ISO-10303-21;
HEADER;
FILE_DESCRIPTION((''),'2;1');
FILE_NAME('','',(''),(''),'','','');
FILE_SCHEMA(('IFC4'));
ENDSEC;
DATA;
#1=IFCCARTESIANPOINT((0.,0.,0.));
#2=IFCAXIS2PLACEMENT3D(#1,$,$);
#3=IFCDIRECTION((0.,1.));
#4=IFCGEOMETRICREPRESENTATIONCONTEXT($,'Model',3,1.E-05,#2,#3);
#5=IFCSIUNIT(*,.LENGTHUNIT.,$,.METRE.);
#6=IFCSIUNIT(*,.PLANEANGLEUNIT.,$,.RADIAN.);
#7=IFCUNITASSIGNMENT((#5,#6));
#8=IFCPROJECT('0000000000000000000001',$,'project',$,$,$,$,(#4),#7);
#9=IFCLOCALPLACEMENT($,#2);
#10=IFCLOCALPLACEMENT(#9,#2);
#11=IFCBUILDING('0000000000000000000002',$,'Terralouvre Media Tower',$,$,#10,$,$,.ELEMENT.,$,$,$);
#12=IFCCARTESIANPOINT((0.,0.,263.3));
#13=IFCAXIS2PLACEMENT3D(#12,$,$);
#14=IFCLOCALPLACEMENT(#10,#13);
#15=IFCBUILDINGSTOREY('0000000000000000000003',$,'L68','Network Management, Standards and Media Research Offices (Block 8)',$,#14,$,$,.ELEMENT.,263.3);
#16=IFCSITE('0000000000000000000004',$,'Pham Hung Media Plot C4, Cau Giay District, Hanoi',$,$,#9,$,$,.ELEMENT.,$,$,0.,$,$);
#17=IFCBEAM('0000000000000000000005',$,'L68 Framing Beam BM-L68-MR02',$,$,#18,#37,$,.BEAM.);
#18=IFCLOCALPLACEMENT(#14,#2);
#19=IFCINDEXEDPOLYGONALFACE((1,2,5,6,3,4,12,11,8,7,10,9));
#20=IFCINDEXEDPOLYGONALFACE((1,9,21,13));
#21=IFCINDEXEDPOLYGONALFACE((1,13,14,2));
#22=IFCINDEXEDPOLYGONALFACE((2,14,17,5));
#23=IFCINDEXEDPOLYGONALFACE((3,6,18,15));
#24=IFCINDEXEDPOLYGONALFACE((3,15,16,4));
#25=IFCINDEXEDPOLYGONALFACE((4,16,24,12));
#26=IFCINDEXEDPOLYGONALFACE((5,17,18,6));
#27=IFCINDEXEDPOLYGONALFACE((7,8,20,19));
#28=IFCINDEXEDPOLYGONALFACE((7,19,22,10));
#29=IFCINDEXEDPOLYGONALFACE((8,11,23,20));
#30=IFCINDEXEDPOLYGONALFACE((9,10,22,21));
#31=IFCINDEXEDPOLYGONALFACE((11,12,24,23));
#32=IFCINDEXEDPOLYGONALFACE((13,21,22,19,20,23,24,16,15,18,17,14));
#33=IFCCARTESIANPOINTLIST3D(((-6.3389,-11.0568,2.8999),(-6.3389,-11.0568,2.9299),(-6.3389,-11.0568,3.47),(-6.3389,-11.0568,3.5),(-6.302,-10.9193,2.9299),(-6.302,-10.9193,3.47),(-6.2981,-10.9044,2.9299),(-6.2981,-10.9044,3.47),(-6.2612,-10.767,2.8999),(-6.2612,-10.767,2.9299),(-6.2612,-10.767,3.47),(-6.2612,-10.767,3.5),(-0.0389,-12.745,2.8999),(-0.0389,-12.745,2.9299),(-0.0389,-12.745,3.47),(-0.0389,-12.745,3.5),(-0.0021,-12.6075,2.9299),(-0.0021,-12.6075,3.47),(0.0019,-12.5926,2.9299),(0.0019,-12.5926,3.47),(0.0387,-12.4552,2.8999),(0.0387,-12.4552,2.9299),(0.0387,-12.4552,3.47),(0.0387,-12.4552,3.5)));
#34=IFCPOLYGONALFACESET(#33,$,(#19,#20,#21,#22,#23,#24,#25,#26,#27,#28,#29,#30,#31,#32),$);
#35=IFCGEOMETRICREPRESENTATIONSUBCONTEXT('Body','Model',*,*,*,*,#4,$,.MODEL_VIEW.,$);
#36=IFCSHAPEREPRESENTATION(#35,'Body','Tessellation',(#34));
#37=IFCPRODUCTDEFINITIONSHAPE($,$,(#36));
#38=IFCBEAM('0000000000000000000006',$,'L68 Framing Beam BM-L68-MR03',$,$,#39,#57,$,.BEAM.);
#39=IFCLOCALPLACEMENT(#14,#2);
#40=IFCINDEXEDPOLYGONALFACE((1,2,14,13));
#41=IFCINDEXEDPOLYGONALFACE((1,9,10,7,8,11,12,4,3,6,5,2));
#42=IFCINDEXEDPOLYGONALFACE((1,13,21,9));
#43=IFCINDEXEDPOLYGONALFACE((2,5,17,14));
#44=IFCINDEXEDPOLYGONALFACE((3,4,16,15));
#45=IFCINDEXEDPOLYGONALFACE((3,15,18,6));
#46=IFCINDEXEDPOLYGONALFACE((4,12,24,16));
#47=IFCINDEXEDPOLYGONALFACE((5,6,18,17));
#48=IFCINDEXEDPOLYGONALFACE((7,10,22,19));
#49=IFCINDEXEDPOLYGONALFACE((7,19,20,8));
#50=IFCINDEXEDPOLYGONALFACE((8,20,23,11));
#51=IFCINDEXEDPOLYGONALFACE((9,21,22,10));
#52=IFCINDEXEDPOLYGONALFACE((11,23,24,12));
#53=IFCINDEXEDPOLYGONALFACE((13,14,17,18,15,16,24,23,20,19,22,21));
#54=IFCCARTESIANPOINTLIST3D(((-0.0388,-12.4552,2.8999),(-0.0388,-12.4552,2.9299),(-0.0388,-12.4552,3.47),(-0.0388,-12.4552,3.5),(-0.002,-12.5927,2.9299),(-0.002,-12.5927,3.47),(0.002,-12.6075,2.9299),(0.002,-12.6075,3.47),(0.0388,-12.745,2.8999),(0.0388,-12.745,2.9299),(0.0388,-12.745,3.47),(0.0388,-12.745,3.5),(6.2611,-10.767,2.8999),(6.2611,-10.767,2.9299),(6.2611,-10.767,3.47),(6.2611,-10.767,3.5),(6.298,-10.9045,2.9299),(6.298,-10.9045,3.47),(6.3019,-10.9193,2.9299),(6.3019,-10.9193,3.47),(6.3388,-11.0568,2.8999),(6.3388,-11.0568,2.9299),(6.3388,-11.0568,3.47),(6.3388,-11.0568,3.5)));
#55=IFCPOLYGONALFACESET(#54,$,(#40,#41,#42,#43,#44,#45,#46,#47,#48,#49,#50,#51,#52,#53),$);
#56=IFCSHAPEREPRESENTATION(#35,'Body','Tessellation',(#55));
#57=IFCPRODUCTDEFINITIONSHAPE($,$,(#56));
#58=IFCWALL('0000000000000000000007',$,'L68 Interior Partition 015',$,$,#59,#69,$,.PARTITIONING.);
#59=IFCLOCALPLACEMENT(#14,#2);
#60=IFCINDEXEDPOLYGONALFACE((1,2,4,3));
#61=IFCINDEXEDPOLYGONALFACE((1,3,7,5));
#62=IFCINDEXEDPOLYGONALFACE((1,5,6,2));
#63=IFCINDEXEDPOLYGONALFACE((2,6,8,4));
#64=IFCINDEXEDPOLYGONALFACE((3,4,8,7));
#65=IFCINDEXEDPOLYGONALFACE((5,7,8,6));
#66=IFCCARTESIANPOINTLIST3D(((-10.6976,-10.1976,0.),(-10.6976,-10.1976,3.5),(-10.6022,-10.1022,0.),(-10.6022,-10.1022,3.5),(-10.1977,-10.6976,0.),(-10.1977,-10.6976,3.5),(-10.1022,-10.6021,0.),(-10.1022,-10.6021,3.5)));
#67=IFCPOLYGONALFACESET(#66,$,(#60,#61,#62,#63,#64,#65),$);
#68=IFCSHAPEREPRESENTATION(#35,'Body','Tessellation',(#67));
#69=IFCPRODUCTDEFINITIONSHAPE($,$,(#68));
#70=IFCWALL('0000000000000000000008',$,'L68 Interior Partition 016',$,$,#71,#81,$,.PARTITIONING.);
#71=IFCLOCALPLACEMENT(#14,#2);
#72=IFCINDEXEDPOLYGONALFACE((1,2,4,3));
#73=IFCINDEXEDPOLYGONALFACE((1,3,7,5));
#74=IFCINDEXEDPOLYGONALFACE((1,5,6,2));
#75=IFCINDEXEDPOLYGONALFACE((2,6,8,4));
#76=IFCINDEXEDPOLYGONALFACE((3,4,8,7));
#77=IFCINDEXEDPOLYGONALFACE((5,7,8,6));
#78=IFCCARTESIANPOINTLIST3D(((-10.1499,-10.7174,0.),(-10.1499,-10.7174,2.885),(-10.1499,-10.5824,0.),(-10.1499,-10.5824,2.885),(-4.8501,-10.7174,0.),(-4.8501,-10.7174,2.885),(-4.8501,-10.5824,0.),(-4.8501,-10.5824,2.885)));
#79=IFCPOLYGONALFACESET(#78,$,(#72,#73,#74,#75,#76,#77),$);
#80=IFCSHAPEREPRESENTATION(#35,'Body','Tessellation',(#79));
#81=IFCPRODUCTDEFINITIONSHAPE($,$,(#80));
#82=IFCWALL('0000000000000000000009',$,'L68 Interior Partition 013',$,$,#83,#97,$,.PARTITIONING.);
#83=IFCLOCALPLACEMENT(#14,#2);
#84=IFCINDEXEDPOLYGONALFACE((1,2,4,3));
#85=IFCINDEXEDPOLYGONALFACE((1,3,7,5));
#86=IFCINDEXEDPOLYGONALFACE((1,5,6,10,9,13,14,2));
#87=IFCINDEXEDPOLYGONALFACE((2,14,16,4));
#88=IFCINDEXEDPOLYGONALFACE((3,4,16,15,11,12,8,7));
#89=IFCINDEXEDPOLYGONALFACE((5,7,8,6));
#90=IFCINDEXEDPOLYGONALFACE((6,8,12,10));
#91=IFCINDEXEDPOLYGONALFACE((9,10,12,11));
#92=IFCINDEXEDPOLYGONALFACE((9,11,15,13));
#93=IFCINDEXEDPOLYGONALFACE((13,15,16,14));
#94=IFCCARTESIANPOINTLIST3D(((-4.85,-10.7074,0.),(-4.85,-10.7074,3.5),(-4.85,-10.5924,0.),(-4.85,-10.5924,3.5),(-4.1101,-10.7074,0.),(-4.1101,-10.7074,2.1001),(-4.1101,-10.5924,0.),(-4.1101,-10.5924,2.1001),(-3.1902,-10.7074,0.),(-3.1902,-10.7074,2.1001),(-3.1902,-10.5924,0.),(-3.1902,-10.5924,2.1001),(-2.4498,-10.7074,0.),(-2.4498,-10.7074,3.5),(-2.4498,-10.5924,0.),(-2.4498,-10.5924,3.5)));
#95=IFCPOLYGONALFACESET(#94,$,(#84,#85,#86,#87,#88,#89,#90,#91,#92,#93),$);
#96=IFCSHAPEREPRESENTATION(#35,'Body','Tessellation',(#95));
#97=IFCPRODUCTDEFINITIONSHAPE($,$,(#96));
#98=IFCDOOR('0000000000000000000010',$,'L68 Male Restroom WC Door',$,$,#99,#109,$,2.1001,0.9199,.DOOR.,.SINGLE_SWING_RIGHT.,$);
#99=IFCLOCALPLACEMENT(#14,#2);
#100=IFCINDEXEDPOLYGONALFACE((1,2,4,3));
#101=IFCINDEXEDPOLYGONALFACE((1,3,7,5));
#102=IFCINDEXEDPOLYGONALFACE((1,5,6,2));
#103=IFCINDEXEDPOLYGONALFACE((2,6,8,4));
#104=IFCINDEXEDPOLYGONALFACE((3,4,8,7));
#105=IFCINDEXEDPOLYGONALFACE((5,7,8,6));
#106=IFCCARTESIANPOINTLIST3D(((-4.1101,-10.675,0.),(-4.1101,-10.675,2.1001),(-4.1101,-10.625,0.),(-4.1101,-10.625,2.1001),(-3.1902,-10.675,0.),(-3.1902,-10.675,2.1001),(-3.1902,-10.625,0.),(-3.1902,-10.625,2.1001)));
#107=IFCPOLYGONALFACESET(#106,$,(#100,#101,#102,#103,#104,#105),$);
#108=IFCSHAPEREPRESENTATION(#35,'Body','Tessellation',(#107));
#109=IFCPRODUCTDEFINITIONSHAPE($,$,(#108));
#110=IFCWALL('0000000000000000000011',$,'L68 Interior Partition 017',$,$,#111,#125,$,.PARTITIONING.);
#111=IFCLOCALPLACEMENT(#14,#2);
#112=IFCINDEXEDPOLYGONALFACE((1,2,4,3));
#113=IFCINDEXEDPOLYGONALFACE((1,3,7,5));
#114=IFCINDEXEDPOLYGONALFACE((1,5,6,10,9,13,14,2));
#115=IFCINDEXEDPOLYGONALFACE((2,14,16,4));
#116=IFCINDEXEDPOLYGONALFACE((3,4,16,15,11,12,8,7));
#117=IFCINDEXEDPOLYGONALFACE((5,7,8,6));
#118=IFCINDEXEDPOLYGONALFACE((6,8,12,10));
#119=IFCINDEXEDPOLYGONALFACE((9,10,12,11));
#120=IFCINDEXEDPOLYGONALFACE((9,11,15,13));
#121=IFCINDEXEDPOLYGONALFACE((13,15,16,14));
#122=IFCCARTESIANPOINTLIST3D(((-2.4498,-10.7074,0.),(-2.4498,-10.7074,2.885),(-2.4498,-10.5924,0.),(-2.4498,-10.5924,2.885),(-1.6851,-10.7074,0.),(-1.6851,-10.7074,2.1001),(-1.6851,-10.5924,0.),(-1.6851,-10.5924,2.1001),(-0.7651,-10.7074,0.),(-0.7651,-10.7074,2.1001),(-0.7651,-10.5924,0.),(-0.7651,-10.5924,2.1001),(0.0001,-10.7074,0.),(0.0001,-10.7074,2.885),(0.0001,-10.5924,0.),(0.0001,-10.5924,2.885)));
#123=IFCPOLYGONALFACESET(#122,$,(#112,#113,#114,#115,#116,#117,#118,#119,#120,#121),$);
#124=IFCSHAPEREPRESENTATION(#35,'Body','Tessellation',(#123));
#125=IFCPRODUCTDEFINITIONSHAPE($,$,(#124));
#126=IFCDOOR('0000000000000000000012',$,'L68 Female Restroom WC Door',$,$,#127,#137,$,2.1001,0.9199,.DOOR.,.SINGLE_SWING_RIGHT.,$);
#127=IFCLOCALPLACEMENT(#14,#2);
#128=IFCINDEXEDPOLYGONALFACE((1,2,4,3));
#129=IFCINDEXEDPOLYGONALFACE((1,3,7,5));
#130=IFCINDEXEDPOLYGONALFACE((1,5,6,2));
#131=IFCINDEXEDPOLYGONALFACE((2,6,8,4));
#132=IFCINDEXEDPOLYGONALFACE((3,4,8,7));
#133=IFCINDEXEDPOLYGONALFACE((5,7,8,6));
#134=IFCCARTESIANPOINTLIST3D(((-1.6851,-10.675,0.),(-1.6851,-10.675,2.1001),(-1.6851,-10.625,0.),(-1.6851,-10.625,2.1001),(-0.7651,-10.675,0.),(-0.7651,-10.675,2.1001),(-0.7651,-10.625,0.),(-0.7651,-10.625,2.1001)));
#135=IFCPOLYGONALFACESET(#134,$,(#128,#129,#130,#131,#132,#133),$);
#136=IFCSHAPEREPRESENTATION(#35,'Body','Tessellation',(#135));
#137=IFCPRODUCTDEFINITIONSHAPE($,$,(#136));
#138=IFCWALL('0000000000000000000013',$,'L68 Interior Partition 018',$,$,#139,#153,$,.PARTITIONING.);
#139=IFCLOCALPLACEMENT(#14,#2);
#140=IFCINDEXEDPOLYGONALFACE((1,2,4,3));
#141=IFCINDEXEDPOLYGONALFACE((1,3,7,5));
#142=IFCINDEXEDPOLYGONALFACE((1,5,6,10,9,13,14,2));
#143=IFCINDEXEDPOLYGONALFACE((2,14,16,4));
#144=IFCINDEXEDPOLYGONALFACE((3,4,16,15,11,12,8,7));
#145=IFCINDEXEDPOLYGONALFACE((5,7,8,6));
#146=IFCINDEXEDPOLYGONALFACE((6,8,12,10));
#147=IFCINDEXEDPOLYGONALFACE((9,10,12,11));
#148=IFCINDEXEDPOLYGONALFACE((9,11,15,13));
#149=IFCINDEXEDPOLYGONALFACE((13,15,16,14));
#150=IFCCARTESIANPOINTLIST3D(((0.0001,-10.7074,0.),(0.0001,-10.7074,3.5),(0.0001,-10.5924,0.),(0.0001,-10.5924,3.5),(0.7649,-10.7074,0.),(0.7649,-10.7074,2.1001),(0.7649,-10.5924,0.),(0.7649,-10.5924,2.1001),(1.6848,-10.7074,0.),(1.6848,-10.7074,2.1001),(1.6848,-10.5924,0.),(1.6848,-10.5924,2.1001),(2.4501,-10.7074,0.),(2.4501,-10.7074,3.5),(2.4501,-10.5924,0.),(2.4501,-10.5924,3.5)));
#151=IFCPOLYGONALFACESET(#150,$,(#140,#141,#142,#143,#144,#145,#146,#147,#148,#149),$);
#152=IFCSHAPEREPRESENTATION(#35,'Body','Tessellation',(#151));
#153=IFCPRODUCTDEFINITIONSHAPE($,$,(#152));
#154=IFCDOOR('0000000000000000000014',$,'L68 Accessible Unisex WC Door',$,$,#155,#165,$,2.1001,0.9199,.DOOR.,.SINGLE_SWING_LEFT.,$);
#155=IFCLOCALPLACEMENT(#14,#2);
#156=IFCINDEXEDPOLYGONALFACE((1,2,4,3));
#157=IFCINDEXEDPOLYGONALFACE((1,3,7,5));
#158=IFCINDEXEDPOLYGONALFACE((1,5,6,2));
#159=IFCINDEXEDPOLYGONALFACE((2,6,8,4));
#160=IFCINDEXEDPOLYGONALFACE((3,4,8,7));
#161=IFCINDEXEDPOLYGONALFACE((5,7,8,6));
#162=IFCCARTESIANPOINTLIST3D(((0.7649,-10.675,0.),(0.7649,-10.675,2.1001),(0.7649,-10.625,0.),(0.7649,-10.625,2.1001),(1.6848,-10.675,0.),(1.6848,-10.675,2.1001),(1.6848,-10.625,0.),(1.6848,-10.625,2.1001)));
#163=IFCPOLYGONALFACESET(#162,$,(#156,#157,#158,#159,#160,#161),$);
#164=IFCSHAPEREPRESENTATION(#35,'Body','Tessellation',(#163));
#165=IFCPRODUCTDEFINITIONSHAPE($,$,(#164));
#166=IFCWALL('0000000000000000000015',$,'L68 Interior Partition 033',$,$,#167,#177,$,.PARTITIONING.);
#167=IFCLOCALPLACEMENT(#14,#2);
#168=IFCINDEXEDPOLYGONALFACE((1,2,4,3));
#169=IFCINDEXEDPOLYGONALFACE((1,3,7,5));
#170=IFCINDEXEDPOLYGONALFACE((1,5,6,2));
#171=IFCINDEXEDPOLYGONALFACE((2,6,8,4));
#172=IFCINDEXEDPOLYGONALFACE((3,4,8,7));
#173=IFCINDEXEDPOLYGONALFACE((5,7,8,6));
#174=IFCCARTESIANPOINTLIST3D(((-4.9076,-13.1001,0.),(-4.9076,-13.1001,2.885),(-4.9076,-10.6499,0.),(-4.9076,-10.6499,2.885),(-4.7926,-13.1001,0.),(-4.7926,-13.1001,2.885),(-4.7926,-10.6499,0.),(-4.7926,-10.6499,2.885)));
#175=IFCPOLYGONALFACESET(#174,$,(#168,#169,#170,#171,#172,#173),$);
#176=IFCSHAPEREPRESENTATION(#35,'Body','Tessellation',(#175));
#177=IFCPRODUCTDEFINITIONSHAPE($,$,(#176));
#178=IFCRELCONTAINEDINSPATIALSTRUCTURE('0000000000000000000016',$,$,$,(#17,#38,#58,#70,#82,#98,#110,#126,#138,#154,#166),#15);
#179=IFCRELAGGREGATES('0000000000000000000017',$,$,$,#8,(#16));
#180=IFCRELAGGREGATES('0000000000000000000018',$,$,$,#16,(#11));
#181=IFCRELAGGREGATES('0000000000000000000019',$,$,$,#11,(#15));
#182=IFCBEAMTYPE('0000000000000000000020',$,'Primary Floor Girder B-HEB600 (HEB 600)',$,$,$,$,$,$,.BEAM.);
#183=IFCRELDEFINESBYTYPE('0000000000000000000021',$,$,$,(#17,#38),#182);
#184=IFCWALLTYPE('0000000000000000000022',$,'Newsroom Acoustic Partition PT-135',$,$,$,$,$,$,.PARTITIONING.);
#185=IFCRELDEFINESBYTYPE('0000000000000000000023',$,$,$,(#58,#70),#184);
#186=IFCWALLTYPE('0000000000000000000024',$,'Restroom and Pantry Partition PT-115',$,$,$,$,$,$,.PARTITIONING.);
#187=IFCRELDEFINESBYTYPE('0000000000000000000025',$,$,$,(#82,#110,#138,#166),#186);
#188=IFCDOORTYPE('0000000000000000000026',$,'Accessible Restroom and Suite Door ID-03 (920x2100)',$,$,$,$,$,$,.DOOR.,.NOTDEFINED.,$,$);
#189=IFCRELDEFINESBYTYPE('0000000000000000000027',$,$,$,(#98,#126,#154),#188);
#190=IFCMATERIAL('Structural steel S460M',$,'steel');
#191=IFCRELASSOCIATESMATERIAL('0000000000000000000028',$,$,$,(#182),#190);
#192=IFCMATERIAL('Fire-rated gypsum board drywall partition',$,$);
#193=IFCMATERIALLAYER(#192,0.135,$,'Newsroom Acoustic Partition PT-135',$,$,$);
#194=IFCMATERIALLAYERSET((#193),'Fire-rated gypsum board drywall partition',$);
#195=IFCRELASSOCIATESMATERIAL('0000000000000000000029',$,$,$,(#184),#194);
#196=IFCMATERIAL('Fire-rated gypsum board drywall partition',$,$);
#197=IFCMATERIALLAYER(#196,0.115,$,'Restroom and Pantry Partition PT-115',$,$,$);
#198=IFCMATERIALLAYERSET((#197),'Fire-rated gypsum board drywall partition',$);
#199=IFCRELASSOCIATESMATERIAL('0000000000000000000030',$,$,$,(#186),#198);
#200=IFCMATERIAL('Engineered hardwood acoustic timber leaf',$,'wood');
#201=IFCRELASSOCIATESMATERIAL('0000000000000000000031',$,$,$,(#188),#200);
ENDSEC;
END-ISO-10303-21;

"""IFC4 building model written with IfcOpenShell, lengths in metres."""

from ifc_helpers import new_model, si_unit, direction, frame, frame_2d, origin, origin_2d, place, context, subcontext, project, spatial, rectangle, i_section, extrude, material, layer, layer_set, material_profile, profile_set, type_object, element, fill, save


model = new_model("IFC4")

# Units and contexts
model_context = context("Model", 3, precision=1e-05, world=origin(), true_north=direction((0.0, 1.0)))
body_context = subcontext(model_context, "Body", "Model", "MODEL_VIEW")
ifc_project = project(units=[si_unit("LENGTHUNIT", "METRE"), si_unit("PLANEANGLEUNIT", "RADIAN")], contexts=[model_context])

# Site, building, storey
site_placement = place(None, origin())
site = spatial("IfcSite", under=ifc_project, at=site_placement, Name="Pham Hung Media Plot C4, Cau Giay District, Hanoi", CompositionType="ELEMENT", RefElevation=0.0)
building_placement = place(site_placement, origin())
building = spatial("IfcBuilding", under=site, at=building_placement, Name="Terralouvre Media Tower", CompositionType="ELEMENT")
storey_placement = place(building_placement, frame((0.0, 0.0, 263.3)))
storey = spatial("IfcBuildingStorey", under=building, at=storey_placement, Name="L68", Description="Network Management, Standards and Media Research Offices (Block 8)", CompositionType="ELEMENT", Elevation=263.3)

# Beams
ifc_material_1 = material(Name="Structural steel S460M", Category="steel")
ifc_material_profile_1 = material_profile(ifc_material_1, i_section(OverallWidth=0.3, OverallDepth=0.6001, WebThickness=0.0154, FlangeThickness=0.03, at=origin_2d()), Name="HEB 600")
ifc_profile_set_1 = profile_set([ifc_material_profile_1], Name="Structural steel S460M")
beam_type_1 = type_object("IfcBeamType", Name="Primary Floor Girder B-HEB600 (HEB 600)", PredefinedType="BEAM", material=ifc_profile_set_1)
for number, where, z_axis, x_axis, name in (
    (1, (-6.3, -10.9119, 3.2), (0.96592, -0.258839, 0.0), (0.258839, 0.96592, 0.0), "L68 Framing Beam BM-L68-MR02"),
    (2, (0.0, -12.6001, 3.2), (0.96592, 0.258839, 0.0), (-0.258839, 0.96592, 0.0), "L68 Framing Beam BM-L68-MR03"),
):
    element("IfcBeam", number, at=place(storey_placement, frame(where, z_axis=z_axis, x_axis=x_axis)), inside=storey, type_object=beam_type_1, Name=name, PredefinedType="BEAM", context=body_context, shape_type="SweptSolid", body=[
        extrude(i_section(OverallWidth=0.3, OverallDepth=0.6001, WebThickness=0.0154, FlangeThickness=0.03, at=origin_2d()), origin(), (0.0, 0.0, 1.0), 6.5222),
    ])

# Walls
ifc_material_2 = material(Name="Fire-rated gypsum board drywall partition")
ifc_layer_1 = layer(ifc_material_2, 0.135, Name="Newsroom Acoustic Partition PT-135")
ifc_layer_set_1 = layer_set([ifc_layer_1], Name="Fire-rated gypsum board drywall partition")
wall_type_1 = type_object("IfcWallType", Name="Newsroom Acoustic Partition PT-135", PredefinedType="PARTITIONING", material=ifc_layer_set_1)
wall_1_placement = place(storey_placement, frame((-10.6499, -10.1499, 0.0), z_axis=(0.0, 0.0, 1.0), x_axis=(0.707107, -0.707107, 0.0)))
element("IfcWall", 3, at=wall_1_placement, inside=storey, type_object=wall_type_1, Name="L68 Interior Partition 015", PredefinedType="PARTITIONING", context=body_context, shape_type="SweptSolid", body=[
    extrude(rectangle(XDim=0.707, YDim=0.135, at=frame_2d((0.3535, 0.0))), origin(), (0.0, 0.0, 1.0), 3.5),
])
wall_2_placement = place(storey_placement, frame((-10.1499, -10.6499, 0.0), z_axis=(0.0, 0.0, 1.0), x_axis=(1.0, 0.0, 0.0)))
element("IfcWall", 4, at=wall_2_placement, inside=storey, type_object=wall_type_1, Name="L68 Interior Partition 016", PredefinedType="PARTITIONING", context=body_context, shape_type="SweptSolid", body=[
    extrude(rectangle(XDim=5.2998, YDim=0.135, at=frame_2d((2.6499, 0.0))), origin(), (0.0, 0.0, 1.0), 2.885),
])

# Walls, openings, doors
ifc_material_3 = material(Name="Fire-rated gypsum board drywall partition")
ifc_layer_2 = layer(ifc_material_3, 0.115, Name="Restroom and Pantry Partition PT-115")
ifc_layer_set_2 = layer_set([ifc_layer_2], Name="Fire-rated gypsum board drywall partition")
wall_type_2 = type_object("IfcWallType", Name="Restroom and Pantry Partition PT-115", PredefinedType="PARTITIONING", material=ifc_layer_set_2)
wall_3_placement = place(storey_placement, frame((-4.8501, -10.6499, 0.0), z_axis=(0.0, 0.0, 1.0), x_axis=(1.0, 0.0, 0.0)))
wall_3 = element("IfcWall", 5, at=wall_3_placement, inside=storey, type_object=wall_type_2, Name="L68 Interior Partition 013", PredefinedType="PARTITIONING", context=body_context, shape_type="SweptSolid", body=[
    extrude(rectangle(XDim=2.4001, YDim=0.115, at=frame_2d((1.2002, 0.0))), origin(), (0.0, 0.0, 1.0), 3.5),
])
opening_1_placement = place(wall_3_placement, frame((0.74, 0.0, 0.0)))
opening_1 = element("IfcOpeningElement", 6, at=opening_1_placement, cuts=wall_3, PredefinedType="OPENING", context=body_context, shape_type="SweptSolid", body=[
    extrude(rectangle(XDim=0.9199, YDim=2.1001, at=frame_2d((0.46, 1.05))), frame((0.0, 0.0674, 0.0), z_axis=(0.0, -1.0, 0.0), x_axis=(1.0, 0.0, 0.0)), (0.0, 0.0, 1.0), 0.135),
])
ifc_material_4 = material(Name="Engineered hardwood acoustic timber leaf", Category="wood")
door_type = type_object("IfcDoorType", Name="Accessible Restroom and Suite Door ID-03 (920x2100)", OperationType="NOTDEFINED", PredefinedType="DOOR", material=ifc_material_4)
door_1_placement = place(opening_1_placement, origin())
door_1 = element("IfcDoor", 7, at=door_1_placement, inside=storey, type_object=door_type, Name="L68 Male Restroom WC Door", OperationType="SINGLE_SWING_RIGHT", OverallHeight=2.1001, OverallWidth=0.9199, PredefinedType="DOOR", context=body_context, shape_type="SweptSolid", body=[
    extrude(rectangle(XDim=0.9199, YDim=2.1001, at=frame_2d((0.46, 1.05))), frame((0.0, 0.0249, 0.0), z_axis=(0.0, -1.0, 0.0), x_axis=(1.0, 0.0, 0.0)), (0.0, 0.0, 1.0), 0.05),
])
fill(opening_1, door_1)
wall_4_placement = place(storey_placement, frame((-2.45, -10.6499, 0.0), z_axis=(0.0, 0.0, 1.0), x_axis=(1.0, 0.0, 0.0)))
wall_4 = element("IfcWall", 8, at=wall_4_placement, inside=storey, type_object=wall_type_2, Name="L68 Interior Partition 017", PredefinedType="PARTITIONING", context=body_context, shape_type="SweptSolid", body=[
    extrude(rectangle(XDim=2.45, YDim=0.115, at=frame_2d((1.2251, 0.0))), origin(), (0.0, 0.0, 1.0), 2.885),
])
opening_2_placement = place(wall_4_placement, frame((0.7649, 0.0, 0.0)))
opening_2 = element("IfcOpeningElement", 9, at=opening_2_placement, cuts=wall_4, PredefinedType="OPENING", context=body_context, shape_type="SweptSolid", body=[
    extrude(rectangle(XDim=0.9199, YDim=2.1001, at=frame_2d((0.46, 1.05))), frame((0.0, 0.0674, 0.0), z_axis=(0.0, -1.0, 0.0), x_axis=(1.0, 0.0, 0.0)), (0.0, 0.0, 1.0), 0.135),
])
door_2_placement = place(opening_2_placement, origin())
door_2 = element("IfcDoor", 10, at=door_2_placement, inside=storey, type_object=door_type, Name="L68 Female Restroom WC Door", OperationType="SINGLE_SWING_RIGHT", OverallHeight=2.1001, OverallWidth=0.9199, PredefinedType="DOOR", context=body_context, shape_type="SweptSolid", body=[
    extrude(rectangle(XDim=0.9199, YDim=2.1001, at=frame_2d((0.46, 1.05))), frame((0.0, 0.0249, 0.0), z_axis=(0.0, -1.0, 0.0), x_axis=(1.0, 0.0, 0.0)), (0.0, 0.0, 1.0), 0.05),
])
fill(opening_2, door_2)
wall_5_placement = place(storey_placement, frame((0.0, -10.6499, 0.0), z_axis=(0.0, 0.0, 1.0), x_axis=(1.0, 0.0, 0.0)))
wall_5 = element("IfcWall", 11, at=wall_5_placement, inside=storey, type_object=wall_type_2, Name="L68 Interior Partition 018", PredefinedType="PARTITIONING", context=body_context, shape_type="SweptSolid", body=[
    extrude(rectangle(XDim=2.45, YDim=0.115, at=frame_2d((1.2251, 0.0))), origin(), (0.0, 0.0, 1.0), 3.5),
])
opening_3_placement = place(wall_5_placement, frame((0.7649, 0.0, 0.0)))
opening_3 = element("IfcOpeningElement", 12, at=opening_3_placement, cuts=wall_5, PredefinedType="OPENING", context=body_context, shape_type="SweptSolid", body=[
    extrude(rectangle(XDim=0.9199, YDim=2.1001, at=frame_2d((0.46, 1.05))), frame((0.0, 0.0674, 0.0), z_axis=(0.0, -1.0, 0.0), x_axis=(1.0, 0.0, 0.0)), (0.0, 0.0, 1.0), 0.135),
])
door_3_placement = place(opening_3_placement, origin())
door_3 = element("IfcDoor", 13, at=door_3_placement, inside=storey, type_object=door_type, Name="L68 Accessible Unisex WC Door", OperationType="SINGLE_SWING_LEFT", OverallHeight=2.1001, OverallWidth=0.9199, PredefinedType="DOOR", context=body_context, shape_type="SweptSolid", body=[
    extrude(rectangle(XDim=0.9199, YDim=2.1001, at=frame_2d((0.46, 1.05))), frame((0.0, 0.0249, 0.0), z_axis=(0.0, -1.0, 0.0), x_axis=(1.0, 0.0, 0.0)), (0.0, 0.0, 1.0), 0.05),
])
fill(opening_3, door_3)

# Wall
for number, where, z_axis, x_axis, name in (
    (14, (-4.8501, -10.6499, 0.0), (0.0, 0.0, 1.0), (0.0, -1.0, 0.0), "L68 Interior Partition 033"),
):
    element("IfcWall", number, at=place(storey_placement, frame(where, z_axis=z_axis, x_axis=x_axis)), inside=storey, type_object=wall_type_2, Name=name, PredefinedType="PARTITIONING", context=body_context, shape_type="SweptSolid", body=[
        extrude(rectangle(XDim=2.4502, YDim=0.115, at=frame_2d((1.2251, 0.0))), origin(), (0.0, 0.0, 1.0), 2.885),
    ])

save(model, "model.ifc")
